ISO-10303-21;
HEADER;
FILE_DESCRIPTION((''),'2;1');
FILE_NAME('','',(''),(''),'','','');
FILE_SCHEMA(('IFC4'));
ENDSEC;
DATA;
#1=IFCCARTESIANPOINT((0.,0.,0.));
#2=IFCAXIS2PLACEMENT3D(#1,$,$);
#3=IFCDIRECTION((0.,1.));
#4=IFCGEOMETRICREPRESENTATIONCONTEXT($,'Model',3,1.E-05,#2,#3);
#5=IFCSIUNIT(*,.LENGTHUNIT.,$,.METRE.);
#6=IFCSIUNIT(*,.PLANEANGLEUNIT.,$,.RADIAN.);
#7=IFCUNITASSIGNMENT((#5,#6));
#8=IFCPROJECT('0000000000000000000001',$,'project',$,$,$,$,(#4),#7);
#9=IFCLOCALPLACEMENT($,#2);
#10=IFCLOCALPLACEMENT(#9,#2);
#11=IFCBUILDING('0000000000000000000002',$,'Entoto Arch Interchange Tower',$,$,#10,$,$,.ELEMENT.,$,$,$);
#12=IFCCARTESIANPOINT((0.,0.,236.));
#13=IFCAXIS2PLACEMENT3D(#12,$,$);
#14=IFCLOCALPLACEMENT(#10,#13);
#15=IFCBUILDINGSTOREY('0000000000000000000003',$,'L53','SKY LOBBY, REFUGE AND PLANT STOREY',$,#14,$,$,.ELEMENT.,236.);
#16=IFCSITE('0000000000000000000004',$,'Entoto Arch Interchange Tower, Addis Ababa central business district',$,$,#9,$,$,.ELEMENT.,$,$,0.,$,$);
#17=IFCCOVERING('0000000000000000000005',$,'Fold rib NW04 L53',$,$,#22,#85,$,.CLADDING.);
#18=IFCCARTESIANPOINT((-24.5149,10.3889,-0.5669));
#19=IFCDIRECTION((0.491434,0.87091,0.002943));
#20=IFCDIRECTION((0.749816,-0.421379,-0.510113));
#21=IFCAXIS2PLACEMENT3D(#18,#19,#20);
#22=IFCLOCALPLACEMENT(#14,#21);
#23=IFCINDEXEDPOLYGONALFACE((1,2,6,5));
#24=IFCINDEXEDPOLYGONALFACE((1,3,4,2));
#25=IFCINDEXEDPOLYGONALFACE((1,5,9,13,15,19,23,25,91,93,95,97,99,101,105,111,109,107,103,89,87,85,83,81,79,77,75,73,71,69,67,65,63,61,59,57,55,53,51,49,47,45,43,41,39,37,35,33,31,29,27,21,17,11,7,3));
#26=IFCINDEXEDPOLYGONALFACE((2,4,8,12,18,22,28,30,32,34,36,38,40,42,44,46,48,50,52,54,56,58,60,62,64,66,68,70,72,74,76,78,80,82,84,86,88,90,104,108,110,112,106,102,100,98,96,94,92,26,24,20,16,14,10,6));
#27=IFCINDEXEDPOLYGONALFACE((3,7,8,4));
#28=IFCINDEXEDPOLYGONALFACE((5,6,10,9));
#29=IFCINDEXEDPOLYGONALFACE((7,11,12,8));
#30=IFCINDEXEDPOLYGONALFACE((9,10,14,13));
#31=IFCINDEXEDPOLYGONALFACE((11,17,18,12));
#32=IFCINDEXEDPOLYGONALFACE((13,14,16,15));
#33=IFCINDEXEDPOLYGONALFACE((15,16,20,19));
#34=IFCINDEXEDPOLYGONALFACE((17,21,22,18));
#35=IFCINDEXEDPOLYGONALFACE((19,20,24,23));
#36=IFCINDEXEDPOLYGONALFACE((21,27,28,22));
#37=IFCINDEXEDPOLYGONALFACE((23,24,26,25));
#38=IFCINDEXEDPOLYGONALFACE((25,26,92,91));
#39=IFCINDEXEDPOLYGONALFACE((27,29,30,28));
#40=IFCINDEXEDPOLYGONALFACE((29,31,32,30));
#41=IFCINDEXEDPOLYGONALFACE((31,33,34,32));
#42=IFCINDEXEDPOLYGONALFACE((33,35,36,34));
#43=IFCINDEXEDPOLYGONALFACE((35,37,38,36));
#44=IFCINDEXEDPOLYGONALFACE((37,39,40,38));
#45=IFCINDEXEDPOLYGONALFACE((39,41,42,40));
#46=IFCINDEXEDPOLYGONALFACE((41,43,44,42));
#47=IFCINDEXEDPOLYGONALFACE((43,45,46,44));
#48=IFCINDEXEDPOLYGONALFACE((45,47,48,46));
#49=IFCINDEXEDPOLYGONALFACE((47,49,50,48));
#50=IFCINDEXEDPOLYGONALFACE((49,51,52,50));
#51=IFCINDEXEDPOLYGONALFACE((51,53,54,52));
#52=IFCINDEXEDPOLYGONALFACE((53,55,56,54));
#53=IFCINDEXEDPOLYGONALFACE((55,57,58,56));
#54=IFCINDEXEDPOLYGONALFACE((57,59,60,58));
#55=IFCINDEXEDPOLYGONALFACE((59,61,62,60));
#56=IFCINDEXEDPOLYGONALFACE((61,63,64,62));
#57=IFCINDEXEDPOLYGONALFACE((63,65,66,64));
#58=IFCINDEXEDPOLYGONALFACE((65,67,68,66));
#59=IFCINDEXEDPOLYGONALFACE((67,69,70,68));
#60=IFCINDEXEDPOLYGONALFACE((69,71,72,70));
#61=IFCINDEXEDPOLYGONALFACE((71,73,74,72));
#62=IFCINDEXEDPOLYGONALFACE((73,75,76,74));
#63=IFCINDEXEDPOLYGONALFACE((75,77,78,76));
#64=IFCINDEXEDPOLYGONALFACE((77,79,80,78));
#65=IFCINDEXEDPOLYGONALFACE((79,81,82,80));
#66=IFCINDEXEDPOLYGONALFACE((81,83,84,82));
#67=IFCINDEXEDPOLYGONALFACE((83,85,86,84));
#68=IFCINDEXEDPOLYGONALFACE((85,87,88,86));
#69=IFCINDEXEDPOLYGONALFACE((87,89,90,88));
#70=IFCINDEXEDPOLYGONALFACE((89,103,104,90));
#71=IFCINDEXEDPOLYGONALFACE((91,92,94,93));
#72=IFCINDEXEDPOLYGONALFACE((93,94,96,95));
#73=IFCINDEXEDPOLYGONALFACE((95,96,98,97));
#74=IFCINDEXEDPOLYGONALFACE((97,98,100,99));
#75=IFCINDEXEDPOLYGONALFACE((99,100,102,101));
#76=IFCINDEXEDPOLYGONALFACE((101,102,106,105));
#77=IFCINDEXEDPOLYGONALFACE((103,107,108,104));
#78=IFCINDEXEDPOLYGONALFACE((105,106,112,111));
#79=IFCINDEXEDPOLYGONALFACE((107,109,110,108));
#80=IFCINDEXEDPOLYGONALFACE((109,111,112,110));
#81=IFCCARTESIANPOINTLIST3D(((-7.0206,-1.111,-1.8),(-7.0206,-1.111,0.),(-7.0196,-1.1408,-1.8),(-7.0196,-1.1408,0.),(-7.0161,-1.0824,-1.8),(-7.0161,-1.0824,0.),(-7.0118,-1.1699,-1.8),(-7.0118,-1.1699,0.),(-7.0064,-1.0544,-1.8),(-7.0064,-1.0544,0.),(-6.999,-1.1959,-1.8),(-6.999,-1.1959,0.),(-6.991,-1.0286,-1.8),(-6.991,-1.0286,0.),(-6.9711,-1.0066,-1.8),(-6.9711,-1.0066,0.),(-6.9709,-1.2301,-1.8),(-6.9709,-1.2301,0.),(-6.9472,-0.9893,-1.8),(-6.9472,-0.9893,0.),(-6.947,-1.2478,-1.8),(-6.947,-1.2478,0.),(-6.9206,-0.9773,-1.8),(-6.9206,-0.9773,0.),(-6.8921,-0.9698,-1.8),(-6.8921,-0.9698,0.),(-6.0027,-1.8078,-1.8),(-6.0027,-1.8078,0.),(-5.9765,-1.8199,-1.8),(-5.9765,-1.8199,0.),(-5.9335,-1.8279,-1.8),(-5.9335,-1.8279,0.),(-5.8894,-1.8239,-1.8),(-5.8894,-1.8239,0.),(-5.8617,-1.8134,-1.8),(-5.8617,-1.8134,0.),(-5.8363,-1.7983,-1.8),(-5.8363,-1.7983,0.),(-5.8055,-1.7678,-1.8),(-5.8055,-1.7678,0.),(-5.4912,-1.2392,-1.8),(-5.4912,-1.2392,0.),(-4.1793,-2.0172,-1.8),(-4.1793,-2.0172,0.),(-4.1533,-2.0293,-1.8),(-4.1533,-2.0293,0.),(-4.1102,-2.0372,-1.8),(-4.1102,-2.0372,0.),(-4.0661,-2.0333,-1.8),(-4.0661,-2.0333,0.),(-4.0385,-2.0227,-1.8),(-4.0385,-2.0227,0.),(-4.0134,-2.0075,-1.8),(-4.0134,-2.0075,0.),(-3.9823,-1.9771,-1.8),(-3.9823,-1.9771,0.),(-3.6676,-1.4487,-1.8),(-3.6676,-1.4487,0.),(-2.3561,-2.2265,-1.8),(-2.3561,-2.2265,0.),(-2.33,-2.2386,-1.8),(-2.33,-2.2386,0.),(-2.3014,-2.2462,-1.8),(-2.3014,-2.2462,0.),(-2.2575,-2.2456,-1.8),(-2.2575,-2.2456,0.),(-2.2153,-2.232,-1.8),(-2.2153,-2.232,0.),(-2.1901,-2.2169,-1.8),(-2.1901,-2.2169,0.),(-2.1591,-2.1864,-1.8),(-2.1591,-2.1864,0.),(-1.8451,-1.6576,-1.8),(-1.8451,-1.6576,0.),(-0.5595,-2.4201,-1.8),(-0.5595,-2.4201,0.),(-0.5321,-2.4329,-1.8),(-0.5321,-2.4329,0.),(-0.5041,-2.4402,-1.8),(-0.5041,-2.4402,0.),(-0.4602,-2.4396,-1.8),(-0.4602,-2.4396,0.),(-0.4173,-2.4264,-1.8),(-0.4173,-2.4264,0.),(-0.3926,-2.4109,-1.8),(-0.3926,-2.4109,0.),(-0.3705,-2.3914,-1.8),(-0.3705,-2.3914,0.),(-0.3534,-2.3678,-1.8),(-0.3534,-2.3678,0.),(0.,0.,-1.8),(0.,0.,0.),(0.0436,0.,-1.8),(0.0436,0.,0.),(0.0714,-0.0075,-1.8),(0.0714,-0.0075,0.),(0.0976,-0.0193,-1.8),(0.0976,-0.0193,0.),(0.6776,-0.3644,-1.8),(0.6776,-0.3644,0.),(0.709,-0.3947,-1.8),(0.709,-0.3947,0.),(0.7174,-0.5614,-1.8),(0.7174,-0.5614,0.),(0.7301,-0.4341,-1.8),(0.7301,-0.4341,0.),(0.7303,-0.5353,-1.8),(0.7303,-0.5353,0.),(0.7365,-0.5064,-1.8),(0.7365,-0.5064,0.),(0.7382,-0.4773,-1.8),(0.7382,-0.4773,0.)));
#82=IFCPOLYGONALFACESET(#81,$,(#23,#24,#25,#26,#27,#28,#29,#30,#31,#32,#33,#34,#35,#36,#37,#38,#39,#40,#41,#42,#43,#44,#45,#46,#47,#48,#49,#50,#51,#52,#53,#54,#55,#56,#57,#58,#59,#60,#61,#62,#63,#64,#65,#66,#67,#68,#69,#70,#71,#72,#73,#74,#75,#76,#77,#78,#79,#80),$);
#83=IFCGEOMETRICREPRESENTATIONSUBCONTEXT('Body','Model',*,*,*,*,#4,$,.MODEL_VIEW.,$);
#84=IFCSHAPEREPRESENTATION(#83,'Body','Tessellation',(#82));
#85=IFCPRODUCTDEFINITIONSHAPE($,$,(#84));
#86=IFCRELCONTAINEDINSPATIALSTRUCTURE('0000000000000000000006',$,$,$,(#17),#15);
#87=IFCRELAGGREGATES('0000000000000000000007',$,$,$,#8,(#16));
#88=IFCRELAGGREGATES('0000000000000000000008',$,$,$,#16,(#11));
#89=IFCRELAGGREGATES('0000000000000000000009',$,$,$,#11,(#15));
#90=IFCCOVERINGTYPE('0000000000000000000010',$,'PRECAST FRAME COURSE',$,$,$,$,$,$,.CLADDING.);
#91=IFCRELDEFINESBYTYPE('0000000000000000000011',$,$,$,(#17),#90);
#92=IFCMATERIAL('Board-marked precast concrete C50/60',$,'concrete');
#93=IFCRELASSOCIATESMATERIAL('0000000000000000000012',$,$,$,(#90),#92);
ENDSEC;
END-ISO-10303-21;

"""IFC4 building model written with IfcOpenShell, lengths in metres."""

from ifc_helpers import new_model, si_unit, direction, frame, origin, place, context, subcontext, project, spatial, polyline, outline, extrude, material, type_object, element, save


model = new_model("IFC4")

# Units and contexts
model_context = context("Model", 3, precision=1e-05, world=origin(), true_north=direction((0.0, 1.0)))
body_context = subcontext(model_context, "Body", "Model", "MODEL_VIEW")
ifc_project = project(units=[si_unit("LENGTHUNIT", "METRE"), si_unit("PLANEANGLEUNIT", "RADIAN")], contexts=[model_context])

# Site, building, storey
site_placement = place(None, origin())
site = spatial("IfcSite", under=ifc_project, at=site_placement, Name="Entoto Arch Interchange Tower, Addis Ababa central business district", CompositionType="ELEMENT", RefElevation=0.0)
building_placement = place(site_placement, origin())
building = spatial("IfcBuilding", under=site, at=building_placement, Name="Entoto Arch Interchange Tower", CompositionType="ELEMENT")
storey_placement = place(building_placement, frame((0.0, 0.0, 236.0)))
storey = spatial("IfcBuildingStorey", under=building, at=storey_placement, Name="L53", Description="SKY LOBBY, REFUGE AND PLANT STOREY", CompositionType="ELEMENT", Elevation=236.0)

# Shared definitions
ifc_material_1 = material(Name="Board-marked precast concrete C50/60", Category="concrete")

# Covering
covering_type = type_object("IfcCoveringType", Name="PRECAST FRAME COURSE", PredefinedType="CLADDING", material=ifc_material_1)
covering_placement = place(storey_placement, frame((-24.5149, 10.3889, -0.5669), z_axis=(0.491434, 0.87091, 0.002943), x_axis=(0.749816, -0.421379, -0.510113)))
element("IfcCovering", 1, at=covering_placement, inside=storey, type_object=covering_type, Name="Fold rib NW04 L53", PredefinedType="CLADDING", context=body_context, shape_type="SweptSolid", body=[
    extrude(outline(polyline([(0.0, 0.0), (0.0436, 0.0), (0.0714, -0.0075), (0.0976, -0.0193), (0.6776, -0.3644), (0.709, -0.3947), (0.7301, -0.4341), (0.7382, -0.4773), (0.7365, -0.5064), (0.7303, -0.5353), (0.7174, -0.5614), (-0.3534, -2.3678), (-0.3705, -2.3914), (-0.3926, -2.4109), (-0.4173, -2.4264), (-0.4602, -2.4396), (-0.5041, -2.4402), (-0.5321, -2.4329), (-0.5595, -2.4201), (-1.8451, -1.6576), (-2.1591, -2.1864), (-2.1901, -2.2169), (-2.2153, -2.232), (-2.2575, -2.2456), (-2.3014, -2.2462), (-2.33, -2.2386), (-2.3561, -2.2265), (-3.6676, -1.4487), (-3.9823, -1.9771), (-4.0134, -2.0075), (-4.0385, -2.0227), (-4.0661, -2.0333), (-4.1102, -2.0372), (-4.1533, -2.0293), (-4.1793, -2.0172), (-5.4912, -1.2392), (-5.8055, -1.7678), (-5.8363, -1.7983), (-5.8617, -1.8134), (-5.8894, -1.8239), (-5.9335, -1.8279), (-5.9765, -1.8199), (-6.0027, -1.8078), (-6.947, -1.2478), (-6.9709, -1.2301), (-6.999, -1.1959), (-7.0118, -1.1699), (-7.0196, -1.1408), (-7.0206, -1.111), (-7.0161, -1.0824), (-7.0064, -1.0544), (-6.991, -1.0286), (-6.9711, -1.0066), (-6.9472, -0.9893), (-6.9206, -0.9773), (-6.8921, -0.9698), (0.0, 0.0)])), origin(), (0.0, 0.0, -1.0), 1.8),
])

save(model, "model.ifc")
